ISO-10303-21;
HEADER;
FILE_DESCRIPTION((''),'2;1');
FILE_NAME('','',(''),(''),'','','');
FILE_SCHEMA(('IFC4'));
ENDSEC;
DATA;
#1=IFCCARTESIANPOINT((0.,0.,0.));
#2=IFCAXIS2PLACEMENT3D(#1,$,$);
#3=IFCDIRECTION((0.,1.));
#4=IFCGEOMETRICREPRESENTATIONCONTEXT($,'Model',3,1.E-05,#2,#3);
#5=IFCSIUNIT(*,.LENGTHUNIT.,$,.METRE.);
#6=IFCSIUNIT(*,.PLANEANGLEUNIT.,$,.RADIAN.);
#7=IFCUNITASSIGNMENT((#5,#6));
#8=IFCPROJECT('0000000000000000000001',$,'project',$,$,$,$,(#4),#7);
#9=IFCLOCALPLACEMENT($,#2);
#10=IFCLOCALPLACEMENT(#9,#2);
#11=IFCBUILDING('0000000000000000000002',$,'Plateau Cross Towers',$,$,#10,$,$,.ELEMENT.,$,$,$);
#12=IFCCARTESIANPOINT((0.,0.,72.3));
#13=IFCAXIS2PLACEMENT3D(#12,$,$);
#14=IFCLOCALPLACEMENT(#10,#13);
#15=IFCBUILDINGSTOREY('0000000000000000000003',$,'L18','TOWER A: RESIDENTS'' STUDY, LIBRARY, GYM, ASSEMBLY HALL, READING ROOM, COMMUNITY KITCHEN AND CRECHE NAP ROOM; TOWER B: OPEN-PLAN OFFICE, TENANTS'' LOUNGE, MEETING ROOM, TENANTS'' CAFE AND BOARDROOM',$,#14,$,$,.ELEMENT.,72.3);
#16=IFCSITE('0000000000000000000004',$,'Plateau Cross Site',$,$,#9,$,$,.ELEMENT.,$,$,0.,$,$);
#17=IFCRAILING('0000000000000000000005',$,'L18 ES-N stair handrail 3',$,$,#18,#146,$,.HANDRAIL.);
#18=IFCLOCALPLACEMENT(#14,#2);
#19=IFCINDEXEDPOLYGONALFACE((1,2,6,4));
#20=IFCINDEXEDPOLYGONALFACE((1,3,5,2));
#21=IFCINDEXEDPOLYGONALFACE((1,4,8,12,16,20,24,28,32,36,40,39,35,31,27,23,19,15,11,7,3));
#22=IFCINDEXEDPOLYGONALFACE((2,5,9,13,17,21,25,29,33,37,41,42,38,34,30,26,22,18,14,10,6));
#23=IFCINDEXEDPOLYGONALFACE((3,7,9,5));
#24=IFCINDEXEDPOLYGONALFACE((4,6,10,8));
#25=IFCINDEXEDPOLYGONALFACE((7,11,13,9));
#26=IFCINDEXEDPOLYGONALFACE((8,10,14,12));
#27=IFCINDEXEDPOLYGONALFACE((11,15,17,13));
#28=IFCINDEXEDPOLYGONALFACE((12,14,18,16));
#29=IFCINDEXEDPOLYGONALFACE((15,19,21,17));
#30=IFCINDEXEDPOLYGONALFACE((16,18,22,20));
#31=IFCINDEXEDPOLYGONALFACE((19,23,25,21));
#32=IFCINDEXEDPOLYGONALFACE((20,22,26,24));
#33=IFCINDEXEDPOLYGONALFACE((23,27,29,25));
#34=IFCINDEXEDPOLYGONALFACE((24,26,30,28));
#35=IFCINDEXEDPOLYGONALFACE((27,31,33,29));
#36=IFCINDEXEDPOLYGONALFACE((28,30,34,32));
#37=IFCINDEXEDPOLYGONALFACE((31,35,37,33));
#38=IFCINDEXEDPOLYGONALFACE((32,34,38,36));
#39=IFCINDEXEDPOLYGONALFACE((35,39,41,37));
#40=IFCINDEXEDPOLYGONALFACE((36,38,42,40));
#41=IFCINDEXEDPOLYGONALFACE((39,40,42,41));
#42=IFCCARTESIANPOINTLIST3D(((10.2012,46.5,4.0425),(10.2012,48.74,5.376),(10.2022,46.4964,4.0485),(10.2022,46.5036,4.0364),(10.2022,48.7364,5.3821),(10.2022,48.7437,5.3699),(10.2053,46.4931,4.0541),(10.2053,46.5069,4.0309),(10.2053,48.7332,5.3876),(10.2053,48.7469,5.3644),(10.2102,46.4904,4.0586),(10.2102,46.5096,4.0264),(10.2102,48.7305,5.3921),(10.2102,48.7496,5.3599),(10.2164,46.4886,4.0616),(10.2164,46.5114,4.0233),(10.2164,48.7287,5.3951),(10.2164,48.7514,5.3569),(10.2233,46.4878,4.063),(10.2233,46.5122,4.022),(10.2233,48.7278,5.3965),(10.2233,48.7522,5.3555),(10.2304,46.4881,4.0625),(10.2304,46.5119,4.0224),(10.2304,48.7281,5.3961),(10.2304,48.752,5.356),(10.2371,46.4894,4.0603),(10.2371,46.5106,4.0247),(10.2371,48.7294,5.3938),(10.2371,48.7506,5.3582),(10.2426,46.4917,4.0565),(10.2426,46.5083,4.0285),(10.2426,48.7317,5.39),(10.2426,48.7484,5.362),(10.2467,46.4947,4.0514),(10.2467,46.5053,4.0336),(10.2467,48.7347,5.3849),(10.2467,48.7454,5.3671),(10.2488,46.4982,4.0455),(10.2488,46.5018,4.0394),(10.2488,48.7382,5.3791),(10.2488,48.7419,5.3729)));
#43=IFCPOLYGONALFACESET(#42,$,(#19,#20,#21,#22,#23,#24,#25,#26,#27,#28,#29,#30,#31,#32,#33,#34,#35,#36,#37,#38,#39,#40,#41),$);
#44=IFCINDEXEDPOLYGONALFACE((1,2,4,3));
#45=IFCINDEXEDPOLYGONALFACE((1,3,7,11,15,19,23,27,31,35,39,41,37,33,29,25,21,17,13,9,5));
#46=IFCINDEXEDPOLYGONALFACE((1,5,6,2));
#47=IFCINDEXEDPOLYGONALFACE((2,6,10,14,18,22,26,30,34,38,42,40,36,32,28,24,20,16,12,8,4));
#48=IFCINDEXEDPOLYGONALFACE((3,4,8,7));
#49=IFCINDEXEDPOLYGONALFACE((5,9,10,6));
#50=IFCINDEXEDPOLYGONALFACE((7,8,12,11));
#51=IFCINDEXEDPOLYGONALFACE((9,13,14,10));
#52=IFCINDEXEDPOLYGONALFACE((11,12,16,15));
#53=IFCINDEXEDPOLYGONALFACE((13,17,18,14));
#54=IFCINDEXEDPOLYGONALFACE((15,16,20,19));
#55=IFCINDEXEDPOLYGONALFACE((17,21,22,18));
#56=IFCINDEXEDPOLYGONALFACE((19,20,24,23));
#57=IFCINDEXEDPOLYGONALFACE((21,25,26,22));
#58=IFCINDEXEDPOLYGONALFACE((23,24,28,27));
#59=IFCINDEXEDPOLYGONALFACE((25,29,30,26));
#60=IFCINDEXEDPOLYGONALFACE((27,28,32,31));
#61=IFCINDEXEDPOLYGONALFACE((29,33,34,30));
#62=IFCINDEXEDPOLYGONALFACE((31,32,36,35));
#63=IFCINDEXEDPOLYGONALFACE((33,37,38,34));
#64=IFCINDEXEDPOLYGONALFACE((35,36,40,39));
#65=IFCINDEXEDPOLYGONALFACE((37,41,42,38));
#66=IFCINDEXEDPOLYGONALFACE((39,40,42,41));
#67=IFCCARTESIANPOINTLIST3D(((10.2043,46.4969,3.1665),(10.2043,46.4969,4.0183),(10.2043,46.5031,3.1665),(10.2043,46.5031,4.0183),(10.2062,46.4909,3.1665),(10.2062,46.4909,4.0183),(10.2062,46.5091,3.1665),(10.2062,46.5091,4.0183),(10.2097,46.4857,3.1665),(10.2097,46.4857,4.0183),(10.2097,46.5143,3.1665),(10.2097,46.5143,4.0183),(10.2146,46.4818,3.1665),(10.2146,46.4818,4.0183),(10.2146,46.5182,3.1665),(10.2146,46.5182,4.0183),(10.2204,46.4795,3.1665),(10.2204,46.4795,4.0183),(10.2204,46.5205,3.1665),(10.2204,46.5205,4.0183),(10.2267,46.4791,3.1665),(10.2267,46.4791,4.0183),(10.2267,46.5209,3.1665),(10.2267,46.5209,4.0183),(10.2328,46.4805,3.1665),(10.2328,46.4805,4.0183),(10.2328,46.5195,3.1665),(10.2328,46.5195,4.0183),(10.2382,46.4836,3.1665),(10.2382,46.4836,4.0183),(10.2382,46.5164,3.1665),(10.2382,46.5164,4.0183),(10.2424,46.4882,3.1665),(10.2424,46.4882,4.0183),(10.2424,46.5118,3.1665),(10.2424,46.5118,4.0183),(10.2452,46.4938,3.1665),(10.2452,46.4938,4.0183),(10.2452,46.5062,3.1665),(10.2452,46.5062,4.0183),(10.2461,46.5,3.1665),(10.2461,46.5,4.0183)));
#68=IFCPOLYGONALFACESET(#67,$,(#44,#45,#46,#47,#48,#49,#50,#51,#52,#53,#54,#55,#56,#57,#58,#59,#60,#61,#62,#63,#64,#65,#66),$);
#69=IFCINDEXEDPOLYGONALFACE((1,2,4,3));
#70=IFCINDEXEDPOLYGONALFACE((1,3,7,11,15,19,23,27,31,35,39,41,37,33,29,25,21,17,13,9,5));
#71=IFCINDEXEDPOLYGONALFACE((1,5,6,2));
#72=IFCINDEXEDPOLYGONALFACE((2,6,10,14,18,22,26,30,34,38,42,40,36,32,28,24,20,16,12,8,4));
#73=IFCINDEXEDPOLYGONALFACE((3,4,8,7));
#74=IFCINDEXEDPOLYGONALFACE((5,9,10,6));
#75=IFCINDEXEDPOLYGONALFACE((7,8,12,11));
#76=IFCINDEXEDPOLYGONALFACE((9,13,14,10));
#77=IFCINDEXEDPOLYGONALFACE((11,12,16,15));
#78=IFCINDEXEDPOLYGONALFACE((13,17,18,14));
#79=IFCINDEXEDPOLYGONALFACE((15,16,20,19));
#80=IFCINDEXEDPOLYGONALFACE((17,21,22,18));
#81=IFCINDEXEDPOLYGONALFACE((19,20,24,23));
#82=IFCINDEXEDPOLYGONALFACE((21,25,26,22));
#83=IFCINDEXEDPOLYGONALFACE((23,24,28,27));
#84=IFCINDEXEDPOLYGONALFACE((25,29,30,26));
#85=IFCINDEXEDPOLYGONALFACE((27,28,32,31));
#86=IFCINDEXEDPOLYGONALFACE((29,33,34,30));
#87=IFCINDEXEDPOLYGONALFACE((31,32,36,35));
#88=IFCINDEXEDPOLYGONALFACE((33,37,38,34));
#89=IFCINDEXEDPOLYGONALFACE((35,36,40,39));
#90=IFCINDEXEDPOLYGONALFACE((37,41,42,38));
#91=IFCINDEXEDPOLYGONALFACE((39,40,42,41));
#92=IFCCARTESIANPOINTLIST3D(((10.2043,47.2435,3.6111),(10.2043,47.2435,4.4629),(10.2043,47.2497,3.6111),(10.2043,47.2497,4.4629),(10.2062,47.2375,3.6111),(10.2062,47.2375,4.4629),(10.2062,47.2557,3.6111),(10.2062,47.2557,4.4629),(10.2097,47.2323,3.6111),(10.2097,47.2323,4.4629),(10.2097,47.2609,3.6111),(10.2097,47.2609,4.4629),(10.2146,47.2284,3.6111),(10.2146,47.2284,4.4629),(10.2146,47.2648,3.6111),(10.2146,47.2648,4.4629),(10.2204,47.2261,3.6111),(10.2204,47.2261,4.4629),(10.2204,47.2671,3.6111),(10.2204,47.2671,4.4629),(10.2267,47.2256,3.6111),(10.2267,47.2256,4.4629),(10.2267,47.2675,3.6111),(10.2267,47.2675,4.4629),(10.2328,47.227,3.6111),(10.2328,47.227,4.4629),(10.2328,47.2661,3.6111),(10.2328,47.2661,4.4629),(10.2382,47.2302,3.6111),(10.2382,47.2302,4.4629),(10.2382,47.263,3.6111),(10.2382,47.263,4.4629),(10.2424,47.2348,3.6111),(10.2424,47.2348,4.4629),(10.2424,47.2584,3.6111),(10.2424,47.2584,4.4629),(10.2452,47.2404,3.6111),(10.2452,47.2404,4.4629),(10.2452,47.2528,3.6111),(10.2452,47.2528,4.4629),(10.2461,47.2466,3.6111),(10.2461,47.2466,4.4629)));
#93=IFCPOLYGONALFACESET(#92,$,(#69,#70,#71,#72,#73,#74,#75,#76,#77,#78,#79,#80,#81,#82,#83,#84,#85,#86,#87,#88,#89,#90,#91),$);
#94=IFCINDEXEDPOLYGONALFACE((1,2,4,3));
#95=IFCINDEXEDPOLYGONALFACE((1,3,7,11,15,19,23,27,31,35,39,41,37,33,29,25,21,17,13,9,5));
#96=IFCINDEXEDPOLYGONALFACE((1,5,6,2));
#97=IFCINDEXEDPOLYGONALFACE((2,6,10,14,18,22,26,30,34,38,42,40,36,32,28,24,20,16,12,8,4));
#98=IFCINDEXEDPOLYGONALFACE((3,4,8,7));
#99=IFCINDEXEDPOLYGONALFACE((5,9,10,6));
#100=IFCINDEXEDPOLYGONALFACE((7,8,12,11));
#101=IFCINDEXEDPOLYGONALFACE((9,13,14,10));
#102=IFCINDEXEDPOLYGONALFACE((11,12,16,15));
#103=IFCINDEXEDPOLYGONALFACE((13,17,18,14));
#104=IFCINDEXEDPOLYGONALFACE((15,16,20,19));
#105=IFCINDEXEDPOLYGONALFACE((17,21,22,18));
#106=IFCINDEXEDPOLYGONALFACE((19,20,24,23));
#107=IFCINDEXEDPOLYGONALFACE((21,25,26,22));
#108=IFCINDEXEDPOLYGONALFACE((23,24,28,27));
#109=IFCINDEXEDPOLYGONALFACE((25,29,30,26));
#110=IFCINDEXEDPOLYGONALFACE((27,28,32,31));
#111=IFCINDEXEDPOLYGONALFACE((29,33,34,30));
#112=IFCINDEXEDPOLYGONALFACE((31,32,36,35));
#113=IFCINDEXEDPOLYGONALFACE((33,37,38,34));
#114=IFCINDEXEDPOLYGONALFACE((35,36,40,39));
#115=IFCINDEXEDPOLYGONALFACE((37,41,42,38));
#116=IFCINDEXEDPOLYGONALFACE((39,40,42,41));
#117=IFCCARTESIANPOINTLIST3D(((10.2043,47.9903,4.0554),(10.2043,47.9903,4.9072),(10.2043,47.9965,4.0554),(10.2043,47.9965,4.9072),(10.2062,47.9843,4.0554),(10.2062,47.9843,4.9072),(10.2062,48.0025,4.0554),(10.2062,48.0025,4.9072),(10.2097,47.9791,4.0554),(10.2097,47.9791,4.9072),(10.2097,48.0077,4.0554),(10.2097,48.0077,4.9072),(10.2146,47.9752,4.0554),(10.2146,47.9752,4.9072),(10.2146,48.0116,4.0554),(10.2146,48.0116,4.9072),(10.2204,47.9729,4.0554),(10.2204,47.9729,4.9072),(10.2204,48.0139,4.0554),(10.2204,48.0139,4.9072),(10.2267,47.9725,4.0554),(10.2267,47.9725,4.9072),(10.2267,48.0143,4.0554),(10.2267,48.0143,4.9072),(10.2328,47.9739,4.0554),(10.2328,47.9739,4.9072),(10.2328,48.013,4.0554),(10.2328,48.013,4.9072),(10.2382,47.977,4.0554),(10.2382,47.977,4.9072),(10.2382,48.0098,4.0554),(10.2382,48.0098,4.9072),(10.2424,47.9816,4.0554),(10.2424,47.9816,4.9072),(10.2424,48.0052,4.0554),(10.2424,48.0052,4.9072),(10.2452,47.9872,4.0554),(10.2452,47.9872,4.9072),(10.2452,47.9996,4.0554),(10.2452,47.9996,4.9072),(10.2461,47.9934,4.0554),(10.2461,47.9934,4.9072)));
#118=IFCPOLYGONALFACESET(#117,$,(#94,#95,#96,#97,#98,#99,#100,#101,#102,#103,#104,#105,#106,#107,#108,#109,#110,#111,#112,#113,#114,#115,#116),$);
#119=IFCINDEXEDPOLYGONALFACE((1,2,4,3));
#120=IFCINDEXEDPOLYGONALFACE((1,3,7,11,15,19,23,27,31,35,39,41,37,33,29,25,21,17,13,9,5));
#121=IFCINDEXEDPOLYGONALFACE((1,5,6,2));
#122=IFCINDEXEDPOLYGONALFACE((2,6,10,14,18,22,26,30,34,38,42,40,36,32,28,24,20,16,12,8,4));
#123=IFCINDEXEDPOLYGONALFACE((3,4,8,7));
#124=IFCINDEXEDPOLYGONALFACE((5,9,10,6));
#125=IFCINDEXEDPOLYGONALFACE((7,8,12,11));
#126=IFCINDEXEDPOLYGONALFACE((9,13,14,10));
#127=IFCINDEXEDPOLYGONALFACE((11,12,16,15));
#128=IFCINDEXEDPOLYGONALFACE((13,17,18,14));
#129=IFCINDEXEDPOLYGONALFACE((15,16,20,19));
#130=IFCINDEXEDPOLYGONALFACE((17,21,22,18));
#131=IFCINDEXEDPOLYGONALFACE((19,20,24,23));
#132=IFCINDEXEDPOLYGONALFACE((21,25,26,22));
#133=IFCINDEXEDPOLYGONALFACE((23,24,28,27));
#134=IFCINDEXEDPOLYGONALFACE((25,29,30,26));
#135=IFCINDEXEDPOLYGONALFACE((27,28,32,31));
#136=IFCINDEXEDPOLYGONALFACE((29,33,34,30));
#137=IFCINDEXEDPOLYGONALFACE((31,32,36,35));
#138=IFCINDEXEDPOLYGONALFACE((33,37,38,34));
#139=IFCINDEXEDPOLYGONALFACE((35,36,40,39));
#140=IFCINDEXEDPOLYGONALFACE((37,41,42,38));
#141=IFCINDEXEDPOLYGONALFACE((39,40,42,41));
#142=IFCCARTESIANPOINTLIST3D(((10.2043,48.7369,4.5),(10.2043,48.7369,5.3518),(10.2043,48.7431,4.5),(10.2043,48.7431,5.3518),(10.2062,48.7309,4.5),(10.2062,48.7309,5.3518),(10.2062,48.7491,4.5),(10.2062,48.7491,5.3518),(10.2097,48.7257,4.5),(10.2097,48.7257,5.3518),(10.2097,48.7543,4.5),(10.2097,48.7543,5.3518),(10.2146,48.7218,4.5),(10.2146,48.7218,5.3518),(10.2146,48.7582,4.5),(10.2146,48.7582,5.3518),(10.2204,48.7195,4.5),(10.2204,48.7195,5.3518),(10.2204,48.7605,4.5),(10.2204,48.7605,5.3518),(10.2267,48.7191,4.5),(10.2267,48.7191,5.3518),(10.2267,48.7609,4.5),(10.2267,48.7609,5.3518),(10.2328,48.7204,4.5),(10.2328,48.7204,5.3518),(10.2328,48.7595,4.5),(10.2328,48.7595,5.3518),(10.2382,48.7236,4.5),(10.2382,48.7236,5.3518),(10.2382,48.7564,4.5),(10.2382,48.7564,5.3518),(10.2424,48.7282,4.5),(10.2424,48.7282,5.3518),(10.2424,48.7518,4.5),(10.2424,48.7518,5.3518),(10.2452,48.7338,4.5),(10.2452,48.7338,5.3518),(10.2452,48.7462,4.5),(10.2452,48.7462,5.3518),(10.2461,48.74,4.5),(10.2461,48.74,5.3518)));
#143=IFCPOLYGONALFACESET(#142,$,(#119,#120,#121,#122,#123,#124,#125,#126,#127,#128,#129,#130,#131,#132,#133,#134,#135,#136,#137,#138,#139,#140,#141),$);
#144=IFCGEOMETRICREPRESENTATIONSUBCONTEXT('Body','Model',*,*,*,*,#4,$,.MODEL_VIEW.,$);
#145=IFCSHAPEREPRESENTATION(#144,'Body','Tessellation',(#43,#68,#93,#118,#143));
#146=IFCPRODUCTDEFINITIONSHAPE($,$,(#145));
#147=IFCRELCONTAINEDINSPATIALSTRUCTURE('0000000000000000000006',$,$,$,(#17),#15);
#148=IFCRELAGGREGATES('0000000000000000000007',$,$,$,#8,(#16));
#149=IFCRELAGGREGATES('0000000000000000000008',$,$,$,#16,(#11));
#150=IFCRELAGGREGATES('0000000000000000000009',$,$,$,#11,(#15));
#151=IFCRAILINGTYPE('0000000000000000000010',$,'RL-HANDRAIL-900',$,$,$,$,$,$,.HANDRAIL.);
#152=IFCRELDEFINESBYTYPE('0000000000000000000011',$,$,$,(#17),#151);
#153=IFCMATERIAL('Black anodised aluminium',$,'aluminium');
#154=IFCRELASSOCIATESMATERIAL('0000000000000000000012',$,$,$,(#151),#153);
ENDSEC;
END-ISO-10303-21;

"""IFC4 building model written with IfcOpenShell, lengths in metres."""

from ifc_helpers import new_model, si_unit, direction, frame, origin, origin_2d, place, context, subcontext, project, spatial, circle, extrude, material, type_object, element, save


model = new_model("IFC4")

# Units and contexts
model_context = context("Model", 3, precision=1e-05, world=origin(), true_north=direction((0.0, 1.0)))
body_context = subcontext(model_context, "Body", "Model", "MODEL_VIEW")
ifc_project = project(units=[si_unit("LENGTHUNIT", "METRE"), si_unit("PLANEANGLEUNIT", "RADIAN")], contexts=[model_context])

# Site, building, storey
site_placement = place(None, origin())
site = spatial("IfcSite", under=ifc_project, at=site_placement, Name="Plateau Cross Site", CompositionType="ELEMENT", RefElevation=0.0)
building_placement = place(site_placement, origin())
building = spatial("IfcBuilding", under=site, at=building_placement, Name="Plateau Cross Towers", CompositionType="ELEMENT")
storey_placement = place(building_placement, frame((0.0, 0.0, 72.3)))
storey = spatial("IfcBuildingStorey", under=building, at=storey_placement, Name="L18", Description="TOWER A: RESIDENTS' STUDY, LIBRARY, GYM, ASSEMBLY HALL, READING ROOM, COMMUNITY KITCHEN AND CRECHE NAP ROOM; TOWER B: OPEN-PLAN OFFICE, TENANTS' LOUNGE, MEETING ROOM, TENANTS' CAFE AND BOARDROOM", CompositionType="ELEMENT", Elevation=72.3)

# Shared definitions
ifc_material_1 = material(Name="Black anodised aluminium", Category="aluminium")

# Railing
railing_type_1 = type_object("IfcRailingType", Name="RL-HANDRAIL-900", PredefinedType="HANDRAIL", material=ifc_material_1)
railing_1_placement = place(storey_placement, frame((10.2251, 46.5, 3.1665)))
element("IfcRailing", 1, at=railing_1_placement, inside=storey, type_object=railing_type_1, Name="L18 ES-N stair handrail 3", PredefinedType="HANDRAIL", context=body_context, shape_type="SweptSolid", body=[
    extrude(circle(Radius=0.0239, at=origin_2d()), frame((0.0, 0.0, 0.876), z_axis=(0.0, 0.859264, 0.511532), x_axis=(-1.0, 0.0, 0.0)), (0.0, 0.0, 1.0), 2.6069),
    extrude(circle(Radius=0.021, at=origin_2d()), origin(), (0.0, 0.0, 1.0), 0.8518),
    extrude(circle(Radius=0.021, at=origin_2d()), frame((0.0, 0.7466, 0.4446)), (0.0, 0.0, 1.0), 0.8518),
    extrude(circle(Radius=0.021, at=origin_2d()), frame((0.0, 1.4934, 0.8889)), (0.0, 0.0, 1.0), 0.8518),
    extrude(circle(Radius=0.021, at=origin_2d()), frame((0.0, 2.24, 1.3335)), (0.0, 0.0, 1.0), 0.8518),
])

save(model, "model.ifc")
